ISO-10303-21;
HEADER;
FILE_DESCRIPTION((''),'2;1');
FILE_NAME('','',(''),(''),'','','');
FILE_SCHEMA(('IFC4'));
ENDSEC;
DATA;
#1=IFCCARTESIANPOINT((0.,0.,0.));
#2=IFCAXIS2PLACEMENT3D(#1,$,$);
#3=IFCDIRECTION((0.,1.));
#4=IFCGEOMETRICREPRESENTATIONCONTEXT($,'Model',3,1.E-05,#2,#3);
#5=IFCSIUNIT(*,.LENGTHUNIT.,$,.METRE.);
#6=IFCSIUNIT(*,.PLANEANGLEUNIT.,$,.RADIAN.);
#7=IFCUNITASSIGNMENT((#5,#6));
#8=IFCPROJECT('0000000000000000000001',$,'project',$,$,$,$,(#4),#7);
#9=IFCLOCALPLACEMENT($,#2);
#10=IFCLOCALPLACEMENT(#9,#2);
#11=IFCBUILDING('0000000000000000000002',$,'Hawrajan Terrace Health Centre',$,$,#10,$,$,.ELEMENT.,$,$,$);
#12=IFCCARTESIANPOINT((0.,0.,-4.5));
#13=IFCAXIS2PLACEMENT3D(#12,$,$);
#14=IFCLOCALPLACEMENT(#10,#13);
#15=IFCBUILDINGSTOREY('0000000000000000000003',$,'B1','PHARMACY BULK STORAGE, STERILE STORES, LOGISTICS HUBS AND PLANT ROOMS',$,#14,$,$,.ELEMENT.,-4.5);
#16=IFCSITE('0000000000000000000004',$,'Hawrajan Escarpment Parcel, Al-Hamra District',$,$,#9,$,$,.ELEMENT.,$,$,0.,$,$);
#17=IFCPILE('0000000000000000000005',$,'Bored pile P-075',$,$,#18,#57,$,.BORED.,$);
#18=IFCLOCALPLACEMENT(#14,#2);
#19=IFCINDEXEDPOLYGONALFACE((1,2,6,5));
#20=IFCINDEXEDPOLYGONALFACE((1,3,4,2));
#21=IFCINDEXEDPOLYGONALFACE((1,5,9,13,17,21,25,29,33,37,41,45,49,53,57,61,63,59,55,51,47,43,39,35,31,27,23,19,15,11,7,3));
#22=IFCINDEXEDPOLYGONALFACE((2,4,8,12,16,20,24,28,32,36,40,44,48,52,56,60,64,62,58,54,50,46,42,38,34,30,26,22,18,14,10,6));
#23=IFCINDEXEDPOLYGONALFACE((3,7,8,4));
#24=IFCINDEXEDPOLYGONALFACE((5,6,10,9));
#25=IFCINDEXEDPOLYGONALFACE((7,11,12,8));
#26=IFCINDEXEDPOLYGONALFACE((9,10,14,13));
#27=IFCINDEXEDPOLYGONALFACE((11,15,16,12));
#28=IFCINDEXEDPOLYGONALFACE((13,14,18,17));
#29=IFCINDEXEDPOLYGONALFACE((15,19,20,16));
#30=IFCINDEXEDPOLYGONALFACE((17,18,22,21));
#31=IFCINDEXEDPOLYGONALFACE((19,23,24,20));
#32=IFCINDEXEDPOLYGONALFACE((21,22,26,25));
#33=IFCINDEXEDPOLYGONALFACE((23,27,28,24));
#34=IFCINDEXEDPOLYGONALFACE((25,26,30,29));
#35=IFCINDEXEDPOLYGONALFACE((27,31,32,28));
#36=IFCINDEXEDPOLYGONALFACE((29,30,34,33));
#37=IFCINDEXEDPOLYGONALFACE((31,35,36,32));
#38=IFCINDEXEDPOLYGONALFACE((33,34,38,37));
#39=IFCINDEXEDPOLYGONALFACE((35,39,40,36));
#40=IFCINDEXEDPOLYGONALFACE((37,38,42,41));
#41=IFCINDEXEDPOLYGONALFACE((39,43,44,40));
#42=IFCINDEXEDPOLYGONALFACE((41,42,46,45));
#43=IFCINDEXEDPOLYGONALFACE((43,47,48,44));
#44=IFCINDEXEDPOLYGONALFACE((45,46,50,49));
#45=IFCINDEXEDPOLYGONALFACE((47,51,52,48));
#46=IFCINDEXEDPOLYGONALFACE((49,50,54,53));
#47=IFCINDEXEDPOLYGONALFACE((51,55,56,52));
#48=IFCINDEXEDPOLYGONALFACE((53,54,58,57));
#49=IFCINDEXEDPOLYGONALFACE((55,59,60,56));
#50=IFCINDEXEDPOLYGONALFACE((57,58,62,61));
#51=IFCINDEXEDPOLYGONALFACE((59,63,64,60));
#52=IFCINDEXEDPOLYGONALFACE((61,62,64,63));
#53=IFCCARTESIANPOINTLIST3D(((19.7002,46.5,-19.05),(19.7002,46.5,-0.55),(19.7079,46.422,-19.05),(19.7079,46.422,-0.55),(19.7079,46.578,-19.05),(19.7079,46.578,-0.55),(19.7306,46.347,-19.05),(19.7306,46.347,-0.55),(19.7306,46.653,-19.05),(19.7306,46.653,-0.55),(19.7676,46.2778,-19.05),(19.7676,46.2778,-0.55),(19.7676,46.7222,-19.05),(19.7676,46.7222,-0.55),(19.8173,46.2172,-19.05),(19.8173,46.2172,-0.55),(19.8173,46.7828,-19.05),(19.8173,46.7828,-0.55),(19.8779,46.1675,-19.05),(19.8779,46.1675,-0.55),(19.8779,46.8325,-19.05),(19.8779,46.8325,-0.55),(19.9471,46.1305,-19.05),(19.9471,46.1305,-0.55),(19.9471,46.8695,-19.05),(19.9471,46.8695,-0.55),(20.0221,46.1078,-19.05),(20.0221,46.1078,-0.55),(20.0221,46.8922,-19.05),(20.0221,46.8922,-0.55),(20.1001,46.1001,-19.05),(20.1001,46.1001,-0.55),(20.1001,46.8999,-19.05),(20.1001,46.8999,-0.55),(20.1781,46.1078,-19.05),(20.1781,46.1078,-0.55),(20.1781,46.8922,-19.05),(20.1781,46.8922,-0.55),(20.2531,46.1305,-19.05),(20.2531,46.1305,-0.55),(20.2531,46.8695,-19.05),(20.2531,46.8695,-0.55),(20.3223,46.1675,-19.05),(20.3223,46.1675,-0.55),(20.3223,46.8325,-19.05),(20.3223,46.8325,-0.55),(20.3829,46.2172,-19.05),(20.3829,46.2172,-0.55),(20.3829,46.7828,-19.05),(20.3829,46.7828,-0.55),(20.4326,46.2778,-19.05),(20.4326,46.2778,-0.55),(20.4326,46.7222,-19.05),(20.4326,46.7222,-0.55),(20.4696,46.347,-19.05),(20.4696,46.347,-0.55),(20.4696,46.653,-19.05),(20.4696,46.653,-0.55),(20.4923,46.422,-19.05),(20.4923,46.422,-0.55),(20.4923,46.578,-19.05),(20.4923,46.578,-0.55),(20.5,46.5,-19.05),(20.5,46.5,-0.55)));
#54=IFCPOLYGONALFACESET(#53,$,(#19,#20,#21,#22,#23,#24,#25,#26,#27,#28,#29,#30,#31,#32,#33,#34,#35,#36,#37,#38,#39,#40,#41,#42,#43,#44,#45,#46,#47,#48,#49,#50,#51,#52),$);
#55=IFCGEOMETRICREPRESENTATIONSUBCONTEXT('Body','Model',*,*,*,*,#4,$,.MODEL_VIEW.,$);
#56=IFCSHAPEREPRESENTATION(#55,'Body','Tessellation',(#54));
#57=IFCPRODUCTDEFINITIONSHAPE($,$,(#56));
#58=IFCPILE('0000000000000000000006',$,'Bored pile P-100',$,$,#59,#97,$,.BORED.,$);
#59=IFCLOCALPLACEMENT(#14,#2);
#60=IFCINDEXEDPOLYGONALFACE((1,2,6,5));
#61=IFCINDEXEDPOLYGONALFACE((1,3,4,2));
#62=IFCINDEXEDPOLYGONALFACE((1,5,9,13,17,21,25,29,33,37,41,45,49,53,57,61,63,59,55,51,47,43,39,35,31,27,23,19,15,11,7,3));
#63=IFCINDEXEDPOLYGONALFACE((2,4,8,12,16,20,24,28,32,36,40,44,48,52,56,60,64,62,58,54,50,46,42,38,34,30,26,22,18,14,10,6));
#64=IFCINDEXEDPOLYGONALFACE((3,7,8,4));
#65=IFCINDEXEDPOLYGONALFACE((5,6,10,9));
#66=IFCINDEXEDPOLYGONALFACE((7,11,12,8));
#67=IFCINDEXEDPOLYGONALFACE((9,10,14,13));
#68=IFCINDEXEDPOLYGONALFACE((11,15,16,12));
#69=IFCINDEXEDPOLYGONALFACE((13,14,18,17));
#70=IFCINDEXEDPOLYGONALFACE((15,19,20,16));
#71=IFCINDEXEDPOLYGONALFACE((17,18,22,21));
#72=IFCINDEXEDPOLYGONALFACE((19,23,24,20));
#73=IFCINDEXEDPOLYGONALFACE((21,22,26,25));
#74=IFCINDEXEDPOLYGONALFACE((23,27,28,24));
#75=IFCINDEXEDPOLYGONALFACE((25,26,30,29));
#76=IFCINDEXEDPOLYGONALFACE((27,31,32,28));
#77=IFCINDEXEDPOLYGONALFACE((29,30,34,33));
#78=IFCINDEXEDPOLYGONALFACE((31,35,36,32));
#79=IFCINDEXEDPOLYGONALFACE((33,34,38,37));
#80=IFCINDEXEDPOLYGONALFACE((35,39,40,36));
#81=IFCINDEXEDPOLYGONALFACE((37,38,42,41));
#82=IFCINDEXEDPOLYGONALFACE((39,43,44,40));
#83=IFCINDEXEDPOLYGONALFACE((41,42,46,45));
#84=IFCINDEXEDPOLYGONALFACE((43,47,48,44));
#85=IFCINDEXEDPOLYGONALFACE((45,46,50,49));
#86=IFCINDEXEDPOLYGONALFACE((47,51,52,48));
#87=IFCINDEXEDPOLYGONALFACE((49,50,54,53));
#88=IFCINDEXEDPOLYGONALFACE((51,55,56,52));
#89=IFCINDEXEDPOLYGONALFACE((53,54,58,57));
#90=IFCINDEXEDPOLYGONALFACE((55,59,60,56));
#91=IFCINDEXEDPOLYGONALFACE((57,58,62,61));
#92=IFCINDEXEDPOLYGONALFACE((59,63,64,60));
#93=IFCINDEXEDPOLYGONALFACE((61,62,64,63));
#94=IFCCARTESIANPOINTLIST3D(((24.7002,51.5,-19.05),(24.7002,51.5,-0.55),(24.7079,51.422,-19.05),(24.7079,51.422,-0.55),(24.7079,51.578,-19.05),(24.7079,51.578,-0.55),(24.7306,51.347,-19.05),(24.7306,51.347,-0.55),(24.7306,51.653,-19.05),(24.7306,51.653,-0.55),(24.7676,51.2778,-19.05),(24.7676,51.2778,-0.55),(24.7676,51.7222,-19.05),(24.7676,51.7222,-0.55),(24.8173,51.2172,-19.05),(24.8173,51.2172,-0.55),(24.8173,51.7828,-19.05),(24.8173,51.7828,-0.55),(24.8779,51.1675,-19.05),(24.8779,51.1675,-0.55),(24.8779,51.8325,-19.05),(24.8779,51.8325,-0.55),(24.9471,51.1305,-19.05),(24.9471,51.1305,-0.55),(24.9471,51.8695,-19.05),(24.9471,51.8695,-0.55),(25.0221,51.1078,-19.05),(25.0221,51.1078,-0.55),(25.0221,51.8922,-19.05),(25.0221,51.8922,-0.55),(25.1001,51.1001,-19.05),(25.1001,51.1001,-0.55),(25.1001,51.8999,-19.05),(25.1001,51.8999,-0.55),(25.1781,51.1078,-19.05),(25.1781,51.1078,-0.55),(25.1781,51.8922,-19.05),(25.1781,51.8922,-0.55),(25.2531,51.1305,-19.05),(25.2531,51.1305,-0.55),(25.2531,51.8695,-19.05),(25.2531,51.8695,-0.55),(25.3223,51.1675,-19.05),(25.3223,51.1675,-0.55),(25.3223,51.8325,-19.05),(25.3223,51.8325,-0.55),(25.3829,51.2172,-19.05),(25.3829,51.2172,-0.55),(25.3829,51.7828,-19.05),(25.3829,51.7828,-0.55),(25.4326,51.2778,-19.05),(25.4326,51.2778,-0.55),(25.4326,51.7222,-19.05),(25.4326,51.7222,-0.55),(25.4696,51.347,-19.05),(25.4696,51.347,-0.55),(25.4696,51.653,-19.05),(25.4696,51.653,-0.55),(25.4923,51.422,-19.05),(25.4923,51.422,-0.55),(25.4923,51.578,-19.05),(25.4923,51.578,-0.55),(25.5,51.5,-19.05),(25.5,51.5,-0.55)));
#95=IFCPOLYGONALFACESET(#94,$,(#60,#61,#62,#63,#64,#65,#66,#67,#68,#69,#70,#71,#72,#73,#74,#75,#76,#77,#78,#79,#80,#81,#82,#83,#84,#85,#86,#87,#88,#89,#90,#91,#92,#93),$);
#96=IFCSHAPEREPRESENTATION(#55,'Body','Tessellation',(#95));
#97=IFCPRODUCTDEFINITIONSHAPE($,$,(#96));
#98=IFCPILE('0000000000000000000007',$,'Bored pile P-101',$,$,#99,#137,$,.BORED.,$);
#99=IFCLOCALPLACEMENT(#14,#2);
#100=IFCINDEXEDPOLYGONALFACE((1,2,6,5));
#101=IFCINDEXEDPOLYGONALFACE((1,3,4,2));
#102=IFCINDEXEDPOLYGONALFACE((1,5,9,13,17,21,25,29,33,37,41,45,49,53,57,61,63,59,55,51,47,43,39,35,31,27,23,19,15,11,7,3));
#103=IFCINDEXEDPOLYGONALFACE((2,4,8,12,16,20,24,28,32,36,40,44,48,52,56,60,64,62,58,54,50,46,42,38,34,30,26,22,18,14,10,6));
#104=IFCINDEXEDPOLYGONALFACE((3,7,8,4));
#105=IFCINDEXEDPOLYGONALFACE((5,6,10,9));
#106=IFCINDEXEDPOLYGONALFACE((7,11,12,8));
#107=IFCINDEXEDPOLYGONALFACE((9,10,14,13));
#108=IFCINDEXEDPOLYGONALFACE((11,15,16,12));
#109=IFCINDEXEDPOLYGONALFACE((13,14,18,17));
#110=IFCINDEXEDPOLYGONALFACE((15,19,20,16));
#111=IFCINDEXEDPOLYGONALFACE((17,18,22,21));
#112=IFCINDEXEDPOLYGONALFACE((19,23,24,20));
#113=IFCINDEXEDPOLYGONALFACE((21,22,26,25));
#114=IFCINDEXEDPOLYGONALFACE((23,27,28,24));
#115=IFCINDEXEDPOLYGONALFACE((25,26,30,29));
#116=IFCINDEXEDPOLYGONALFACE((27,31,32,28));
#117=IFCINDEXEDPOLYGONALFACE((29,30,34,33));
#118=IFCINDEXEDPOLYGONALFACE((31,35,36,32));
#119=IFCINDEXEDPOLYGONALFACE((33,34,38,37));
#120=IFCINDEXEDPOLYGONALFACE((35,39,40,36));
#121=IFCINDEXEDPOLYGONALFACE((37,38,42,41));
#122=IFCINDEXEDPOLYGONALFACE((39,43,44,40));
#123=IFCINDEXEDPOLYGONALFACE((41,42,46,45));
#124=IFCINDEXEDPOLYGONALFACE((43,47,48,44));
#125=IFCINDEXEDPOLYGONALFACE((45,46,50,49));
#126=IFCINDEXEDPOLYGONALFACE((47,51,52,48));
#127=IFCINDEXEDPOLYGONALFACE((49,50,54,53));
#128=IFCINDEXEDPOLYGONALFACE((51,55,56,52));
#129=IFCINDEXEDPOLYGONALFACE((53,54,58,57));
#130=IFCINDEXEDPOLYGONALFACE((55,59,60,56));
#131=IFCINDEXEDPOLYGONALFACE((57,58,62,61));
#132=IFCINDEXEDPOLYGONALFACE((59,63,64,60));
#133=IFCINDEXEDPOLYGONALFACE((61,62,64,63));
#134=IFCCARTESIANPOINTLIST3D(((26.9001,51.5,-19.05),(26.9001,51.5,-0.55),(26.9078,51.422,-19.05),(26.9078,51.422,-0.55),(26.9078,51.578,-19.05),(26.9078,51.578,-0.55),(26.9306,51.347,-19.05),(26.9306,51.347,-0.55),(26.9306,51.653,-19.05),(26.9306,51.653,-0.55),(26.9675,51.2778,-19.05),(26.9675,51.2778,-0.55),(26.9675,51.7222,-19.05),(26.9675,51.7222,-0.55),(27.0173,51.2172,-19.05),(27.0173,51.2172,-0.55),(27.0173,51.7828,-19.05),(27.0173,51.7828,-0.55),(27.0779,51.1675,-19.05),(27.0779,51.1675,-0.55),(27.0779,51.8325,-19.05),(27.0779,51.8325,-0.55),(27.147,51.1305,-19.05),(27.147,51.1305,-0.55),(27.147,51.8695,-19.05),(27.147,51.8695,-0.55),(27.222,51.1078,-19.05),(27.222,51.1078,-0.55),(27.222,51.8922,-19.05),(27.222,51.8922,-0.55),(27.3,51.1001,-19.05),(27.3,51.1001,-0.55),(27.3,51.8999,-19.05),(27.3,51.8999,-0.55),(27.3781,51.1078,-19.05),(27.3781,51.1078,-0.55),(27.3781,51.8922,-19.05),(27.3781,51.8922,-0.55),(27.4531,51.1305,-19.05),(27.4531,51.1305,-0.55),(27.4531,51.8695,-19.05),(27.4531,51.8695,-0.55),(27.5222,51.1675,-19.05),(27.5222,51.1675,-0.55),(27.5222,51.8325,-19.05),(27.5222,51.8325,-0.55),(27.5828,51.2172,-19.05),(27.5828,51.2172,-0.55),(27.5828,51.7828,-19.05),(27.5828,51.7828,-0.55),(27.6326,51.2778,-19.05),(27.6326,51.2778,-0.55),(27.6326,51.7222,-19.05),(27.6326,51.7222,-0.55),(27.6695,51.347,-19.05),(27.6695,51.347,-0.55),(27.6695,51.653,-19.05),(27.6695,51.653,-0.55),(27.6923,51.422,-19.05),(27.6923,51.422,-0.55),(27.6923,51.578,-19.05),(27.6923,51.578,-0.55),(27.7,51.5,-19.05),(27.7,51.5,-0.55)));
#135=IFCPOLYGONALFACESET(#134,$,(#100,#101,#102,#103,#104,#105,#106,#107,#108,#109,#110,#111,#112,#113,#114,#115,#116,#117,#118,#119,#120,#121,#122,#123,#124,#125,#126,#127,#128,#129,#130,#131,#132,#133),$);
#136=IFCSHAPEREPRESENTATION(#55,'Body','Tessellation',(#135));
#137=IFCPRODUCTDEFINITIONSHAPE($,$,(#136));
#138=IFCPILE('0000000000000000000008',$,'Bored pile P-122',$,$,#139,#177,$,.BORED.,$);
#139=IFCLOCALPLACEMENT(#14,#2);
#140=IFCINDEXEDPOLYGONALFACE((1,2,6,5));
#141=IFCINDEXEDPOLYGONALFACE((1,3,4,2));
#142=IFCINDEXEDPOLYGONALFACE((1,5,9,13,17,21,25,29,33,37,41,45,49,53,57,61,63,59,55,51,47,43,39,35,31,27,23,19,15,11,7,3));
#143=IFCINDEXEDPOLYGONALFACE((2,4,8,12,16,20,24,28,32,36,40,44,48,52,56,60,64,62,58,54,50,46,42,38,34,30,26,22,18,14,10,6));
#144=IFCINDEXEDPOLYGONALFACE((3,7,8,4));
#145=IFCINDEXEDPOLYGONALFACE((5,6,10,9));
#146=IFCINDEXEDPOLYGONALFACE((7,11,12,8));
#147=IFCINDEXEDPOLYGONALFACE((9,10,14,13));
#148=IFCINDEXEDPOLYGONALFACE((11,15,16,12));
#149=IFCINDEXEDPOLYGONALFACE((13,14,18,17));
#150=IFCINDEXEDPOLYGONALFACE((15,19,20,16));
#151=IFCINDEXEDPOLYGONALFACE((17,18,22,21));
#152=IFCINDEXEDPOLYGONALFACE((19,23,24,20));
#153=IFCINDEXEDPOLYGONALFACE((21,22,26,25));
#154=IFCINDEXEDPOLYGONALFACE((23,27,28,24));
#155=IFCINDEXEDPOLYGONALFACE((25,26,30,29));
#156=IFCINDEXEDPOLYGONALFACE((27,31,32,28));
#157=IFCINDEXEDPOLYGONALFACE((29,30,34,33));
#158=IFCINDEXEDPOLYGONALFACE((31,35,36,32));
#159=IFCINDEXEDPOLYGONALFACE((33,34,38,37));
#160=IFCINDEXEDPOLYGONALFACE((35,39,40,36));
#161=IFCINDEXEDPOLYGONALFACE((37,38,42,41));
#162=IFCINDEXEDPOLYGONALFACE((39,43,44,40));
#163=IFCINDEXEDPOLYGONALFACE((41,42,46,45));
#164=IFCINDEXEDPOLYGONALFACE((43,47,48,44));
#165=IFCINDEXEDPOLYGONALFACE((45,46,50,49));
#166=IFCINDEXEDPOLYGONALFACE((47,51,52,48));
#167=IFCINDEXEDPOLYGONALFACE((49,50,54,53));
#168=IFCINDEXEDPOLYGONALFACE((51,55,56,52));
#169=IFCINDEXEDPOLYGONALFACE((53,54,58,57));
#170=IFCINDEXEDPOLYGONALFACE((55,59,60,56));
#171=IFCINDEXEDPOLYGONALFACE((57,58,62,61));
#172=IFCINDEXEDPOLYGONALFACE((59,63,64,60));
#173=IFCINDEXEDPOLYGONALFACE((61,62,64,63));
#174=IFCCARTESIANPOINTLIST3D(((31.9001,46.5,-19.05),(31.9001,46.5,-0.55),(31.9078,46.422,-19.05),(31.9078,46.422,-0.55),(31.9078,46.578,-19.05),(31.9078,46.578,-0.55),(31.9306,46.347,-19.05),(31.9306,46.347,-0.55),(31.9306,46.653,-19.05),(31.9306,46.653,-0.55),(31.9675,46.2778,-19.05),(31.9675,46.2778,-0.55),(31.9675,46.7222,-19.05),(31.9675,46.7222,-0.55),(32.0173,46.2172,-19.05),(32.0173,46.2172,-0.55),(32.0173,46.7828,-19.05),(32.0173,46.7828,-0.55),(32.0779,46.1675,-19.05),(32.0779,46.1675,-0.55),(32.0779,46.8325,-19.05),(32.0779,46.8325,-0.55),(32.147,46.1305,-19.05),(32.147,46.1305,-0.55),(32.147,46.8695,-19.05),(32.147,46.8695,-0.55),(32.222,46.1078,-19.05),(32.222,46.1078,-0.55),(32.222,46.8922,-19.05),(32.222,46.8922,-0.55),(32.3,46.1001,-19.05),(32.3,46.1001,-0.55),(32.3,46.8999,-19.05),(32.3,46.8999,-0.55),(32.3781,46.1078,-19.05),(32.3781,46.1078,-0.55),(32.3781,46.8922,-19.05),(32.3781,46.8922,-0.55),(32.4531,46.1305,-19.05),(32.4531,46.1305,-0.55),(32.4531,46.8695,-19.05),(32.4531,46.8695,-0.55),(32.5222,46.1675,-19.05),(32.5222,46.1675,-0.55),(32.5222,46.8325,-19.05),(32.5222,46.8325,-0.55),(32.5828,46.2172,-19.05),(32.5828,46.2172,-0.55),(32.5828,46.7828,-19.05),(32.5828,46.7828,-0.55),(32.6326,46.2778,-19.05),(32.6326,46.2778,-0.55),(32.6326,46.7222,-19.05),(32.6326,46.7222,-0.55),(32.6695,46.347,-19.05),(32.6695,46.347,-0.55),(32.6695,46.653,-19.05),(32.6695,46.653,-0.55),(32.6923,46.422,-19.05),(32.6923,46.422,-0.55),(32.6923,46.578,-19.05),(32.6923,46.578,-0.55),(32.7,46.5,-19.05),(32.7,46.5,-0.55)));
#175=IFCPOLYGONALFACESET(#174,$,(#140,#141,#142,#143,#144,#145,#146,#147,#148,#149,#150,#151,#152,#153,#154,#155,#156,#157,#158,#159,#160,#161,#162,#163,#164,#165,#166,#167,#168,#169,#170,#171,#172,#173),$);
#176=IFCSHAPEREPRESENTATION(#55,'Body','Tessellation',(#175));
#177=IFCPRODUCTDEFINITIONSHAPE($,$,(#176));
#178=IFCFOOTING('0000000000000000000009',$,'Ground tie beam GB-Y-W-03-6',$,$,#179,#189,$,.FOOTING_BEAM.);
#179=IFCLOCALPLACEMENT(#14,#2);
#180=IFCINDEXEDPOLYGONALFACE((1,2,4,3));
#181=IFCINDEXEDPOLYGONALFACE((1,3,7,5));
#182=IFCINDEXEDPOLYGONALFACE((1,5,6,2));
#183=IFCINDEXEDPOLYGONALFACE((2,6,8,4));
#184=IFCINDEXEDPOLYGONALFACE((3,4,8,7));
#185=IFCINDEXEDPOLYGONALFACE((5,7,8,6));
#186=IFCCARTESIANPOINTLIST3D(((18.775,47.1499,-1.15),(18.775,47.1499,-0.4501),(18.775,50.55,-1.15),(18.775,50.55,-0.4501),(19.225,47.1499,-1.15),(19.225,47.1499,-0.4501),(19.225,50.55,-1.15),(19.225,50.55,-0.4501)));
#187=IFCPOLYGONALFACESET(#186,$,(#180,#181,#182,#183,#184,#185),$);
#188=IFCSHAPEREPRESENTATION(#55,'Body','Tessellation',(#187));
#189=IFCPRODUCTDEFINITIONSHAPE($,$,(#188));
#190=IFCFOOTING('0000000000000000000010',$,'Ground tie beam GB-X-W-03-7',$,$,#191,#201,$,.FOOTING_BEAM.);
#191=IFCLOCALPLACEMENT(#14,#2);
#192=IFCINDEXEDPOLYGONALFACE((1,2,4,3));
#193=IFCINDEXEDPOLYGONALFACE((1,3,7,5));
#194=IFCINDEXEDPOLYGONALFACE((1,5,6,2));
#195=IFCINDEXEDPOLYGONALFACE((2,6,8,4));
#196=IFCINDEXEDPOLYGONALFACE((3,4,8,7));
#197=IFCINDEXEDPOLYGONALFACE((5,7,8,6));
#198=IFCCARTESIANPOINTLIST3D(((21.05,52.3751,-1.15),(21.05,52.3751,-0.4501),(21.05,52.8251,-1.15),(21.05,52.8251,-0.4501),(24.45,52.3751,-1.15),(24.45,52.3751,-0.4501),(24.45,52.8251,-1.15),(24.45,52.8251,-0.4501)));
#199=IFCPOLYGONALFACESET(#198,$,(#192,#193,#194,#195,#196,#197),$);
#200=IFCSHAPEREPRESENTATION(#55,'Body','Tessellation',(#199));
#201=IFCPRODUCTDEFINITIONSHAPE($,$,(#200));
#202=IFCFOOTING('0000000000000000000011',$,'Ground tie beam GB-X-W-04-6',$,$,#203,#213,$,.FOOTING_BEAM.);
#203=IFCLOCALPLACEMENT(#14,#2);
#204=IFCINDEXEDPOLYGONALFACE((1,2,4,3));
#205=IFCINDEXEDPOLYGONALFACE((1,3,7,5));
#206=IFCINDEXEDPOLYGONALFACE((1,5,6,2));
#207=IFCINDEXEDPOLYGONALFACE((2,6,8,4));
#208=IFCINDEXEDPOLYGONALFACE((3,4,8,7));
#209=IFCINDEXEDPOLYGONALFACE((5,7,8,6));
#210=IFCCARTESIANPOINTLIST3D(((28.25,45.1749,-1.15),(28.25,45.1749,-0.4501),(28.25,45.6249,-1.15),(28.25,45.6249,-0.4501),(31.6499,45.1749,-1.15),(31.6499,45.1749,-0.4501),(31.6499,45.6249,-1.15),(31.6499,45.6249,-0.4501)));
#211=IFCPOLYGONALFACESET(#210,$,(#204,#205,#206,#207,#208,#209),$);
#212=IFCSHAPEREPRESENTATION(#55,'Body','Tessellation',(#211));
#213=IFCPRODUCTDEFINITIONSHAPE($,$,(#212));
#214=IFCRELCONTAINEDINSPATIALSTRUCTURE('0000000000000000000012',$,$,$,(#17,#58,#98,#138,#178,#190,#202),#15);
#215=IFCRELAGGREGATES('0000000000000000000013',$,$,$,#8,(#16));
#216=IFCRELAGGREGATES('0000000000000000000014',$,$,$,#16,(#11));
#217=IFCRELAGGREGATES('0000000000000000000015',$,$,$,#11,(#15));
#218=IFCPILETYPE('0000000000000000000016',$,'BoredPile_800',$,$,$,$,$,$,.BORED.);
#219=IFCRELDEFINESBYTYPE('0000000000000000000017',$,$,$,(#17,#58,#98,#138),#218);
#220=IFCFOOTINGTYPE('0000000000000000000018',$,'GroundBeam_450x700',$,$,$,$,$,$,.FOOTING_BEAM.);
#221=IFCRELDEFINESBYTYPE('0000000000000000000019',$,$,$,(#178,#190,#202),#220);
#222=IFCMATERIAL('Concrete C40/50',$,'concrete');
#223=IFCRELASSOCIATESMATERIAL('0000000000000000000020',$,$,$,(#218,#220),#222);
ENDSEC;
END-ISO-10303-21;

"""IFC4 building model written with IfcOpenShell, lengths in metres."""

from ifc_helpers import new_model, si_unit, direction, frame, origin, origin_2d, place, context, subcontext, project, spatial, rectangle, circle, extrude, material, material_profile, profile_set, type_object, element, save


model = new_model("IFC4")

# Units and contexts
model_context = context("Model", 3, precision=1e-05, world=origin(), true_north=direction((0.0, 1.0)))
body_context = subcontext(model_context, "Body", "Model", "MODEL_VIEW")
ifc_project = project(units=[si_unit("LENGTHUNIT", "METRE"), si_unit("PLANEANGLEUNIT", "RADIAN")], contexts=[model_context])

# Site, building, storey
site_placement = place(None, origin())
site = spatial("IfcSite", under=ifc_project, at=site_placement, Name="Hawrajan Escarpment Parcel, Al-Hamra District", CompositionType="ELEMENT", RefElevation=0.0)
building_placement = place(site_placement, origin())
building = spatial("IfcBuilding", under=site, at=building_placement, Name="Hawrajan Terrace Health Centre", CompositionType="ELEMENT")
storey_placement = place(building_placement, frame((0.0, 0.0, -4.5)))
storey = spatial("IfcBuildingStorey", under=building, at=storey_placement, Name="B1", Description="PHARMACY BULK STORAGE, STERILE STORES, LOGISTICS HUBS AND PLANT ROOMS", CompositionType="ELEMENT", Elevation=-4.5)

# Piles
ifc_material_1 = material(Name="Concrete C40/50", Category="concrete")
ifc_material_profile_1 = material_profile(ifc_material_1, circle(Radius=0.3999, at=origin_2d()), Name="BP 800")
ifc_profile_set_1 = profile_set([ifc_material_profile_1], Name="Concrete C40/50")
pile_type_1 = type_object("IfcPileType", Name="BoredPile_800", PredefinedType="BORED", material=ifc_profile_set_1)
for number, where, z_axis, x_axis, name in (
    (1, (20.1001, 46.5, -0.55), (0.0, 0.0, -1.0), (1.0, 0.0, 0.0), "Bored pile P-075"),
    (2, (25.1001, 51.5, -0.55), (0.0, 0.0, -1.0), (1.0, 0.0, 0.0), "Bored pile P-100"),
    (3, (27.3, 51.5, -0.55), (0.0, 0.0, -1.0), (1.0, 0.0, 0.0), "Bored pile P-101"),
    (4, (32.3, 46.5, -0.55), (0.0, 0.0, -1.0), (1.0, 0.0, 0.0), "Bored pile P-122"),
):
    element("IfcPile", number, at=place(storey_placement, frame(where, z_axis=z_axis, x_axis=x_axis)), inside=storey, type_object=pile_type_1, Name=name, PredefinedType="BORED", context=body_context, shape_type="SweptSolid", body=[
        extrude(circle(Radius=0.3999, at=origin_2d()), origin(), (0.0, 0.0, 1.0), 18.5),
    ])

# Footings
ifc_material_profile_2 = material_profile(ifc_material_1, rectangle(XDim=0.45, YDim=0.7, at=origin_2d()), Name="RC BM 450x700")
ifc_profile_set_2 = profile_set([ifc_material_profile_2], Name="Concrete C40/50")
footing_type_1 = type_object("IfcFootingType", Name="GroundBeam_450x700", PredefinedType="FOOTING_BEAM", material=ifc_profile_set_2)
footing_placement = place(storey_placement, frame((19.0, 47.1499, -0.8), z_axis=(0.0, 1.0, 0.0), x_axis=(-1.0, 0.0, 0.0)))
element("IfcFooting", 5, at=footing_placement, inside=storey, type_object=footing_type_1, Name="Ground tie beam GB-Y-W-03-6", PredefinedType="FOOTING_BEAM", context=body_context, shape_type="SweptSolid", body=[
    extrude(rectangle(XDim=0.45, YDim=0.7, at=origin_2d()), origin(), (0.0, 0.0, 1.0), 3.4001),
])
for number, where, z_axis, x_axis, name in (
    (6, (21.05, 52.6001, -0.8), (1.0, 0.0, 0.0), (0.0, 1.0, 0.0), "Ground tie beam GB-X-W-03-7"),
    (7, (28.25, 45.3999, -0.8), (1.0, 0.0, 0.0), (0.0, 1.0, 0.0), "Ground tie beam GB-X-W-04-6"),
):
    element("IfcFooting", number, at=place(storey_placement, frame(where, z_axis=z_axis, x_axis=x_axis)), inside=storey, type_object=footing_type_1, Name=name, PredefinedType="FOOTING_BEAM", context=body_context, shape_type="SweptSolid", body=[
        extrude(rectangle(XDim=0.45, YDim=0.7, at=origin_2d()), origin(), (0.0, 0.0, 1.0), 3.3999),
    ])

save(model, "model.ifc")
